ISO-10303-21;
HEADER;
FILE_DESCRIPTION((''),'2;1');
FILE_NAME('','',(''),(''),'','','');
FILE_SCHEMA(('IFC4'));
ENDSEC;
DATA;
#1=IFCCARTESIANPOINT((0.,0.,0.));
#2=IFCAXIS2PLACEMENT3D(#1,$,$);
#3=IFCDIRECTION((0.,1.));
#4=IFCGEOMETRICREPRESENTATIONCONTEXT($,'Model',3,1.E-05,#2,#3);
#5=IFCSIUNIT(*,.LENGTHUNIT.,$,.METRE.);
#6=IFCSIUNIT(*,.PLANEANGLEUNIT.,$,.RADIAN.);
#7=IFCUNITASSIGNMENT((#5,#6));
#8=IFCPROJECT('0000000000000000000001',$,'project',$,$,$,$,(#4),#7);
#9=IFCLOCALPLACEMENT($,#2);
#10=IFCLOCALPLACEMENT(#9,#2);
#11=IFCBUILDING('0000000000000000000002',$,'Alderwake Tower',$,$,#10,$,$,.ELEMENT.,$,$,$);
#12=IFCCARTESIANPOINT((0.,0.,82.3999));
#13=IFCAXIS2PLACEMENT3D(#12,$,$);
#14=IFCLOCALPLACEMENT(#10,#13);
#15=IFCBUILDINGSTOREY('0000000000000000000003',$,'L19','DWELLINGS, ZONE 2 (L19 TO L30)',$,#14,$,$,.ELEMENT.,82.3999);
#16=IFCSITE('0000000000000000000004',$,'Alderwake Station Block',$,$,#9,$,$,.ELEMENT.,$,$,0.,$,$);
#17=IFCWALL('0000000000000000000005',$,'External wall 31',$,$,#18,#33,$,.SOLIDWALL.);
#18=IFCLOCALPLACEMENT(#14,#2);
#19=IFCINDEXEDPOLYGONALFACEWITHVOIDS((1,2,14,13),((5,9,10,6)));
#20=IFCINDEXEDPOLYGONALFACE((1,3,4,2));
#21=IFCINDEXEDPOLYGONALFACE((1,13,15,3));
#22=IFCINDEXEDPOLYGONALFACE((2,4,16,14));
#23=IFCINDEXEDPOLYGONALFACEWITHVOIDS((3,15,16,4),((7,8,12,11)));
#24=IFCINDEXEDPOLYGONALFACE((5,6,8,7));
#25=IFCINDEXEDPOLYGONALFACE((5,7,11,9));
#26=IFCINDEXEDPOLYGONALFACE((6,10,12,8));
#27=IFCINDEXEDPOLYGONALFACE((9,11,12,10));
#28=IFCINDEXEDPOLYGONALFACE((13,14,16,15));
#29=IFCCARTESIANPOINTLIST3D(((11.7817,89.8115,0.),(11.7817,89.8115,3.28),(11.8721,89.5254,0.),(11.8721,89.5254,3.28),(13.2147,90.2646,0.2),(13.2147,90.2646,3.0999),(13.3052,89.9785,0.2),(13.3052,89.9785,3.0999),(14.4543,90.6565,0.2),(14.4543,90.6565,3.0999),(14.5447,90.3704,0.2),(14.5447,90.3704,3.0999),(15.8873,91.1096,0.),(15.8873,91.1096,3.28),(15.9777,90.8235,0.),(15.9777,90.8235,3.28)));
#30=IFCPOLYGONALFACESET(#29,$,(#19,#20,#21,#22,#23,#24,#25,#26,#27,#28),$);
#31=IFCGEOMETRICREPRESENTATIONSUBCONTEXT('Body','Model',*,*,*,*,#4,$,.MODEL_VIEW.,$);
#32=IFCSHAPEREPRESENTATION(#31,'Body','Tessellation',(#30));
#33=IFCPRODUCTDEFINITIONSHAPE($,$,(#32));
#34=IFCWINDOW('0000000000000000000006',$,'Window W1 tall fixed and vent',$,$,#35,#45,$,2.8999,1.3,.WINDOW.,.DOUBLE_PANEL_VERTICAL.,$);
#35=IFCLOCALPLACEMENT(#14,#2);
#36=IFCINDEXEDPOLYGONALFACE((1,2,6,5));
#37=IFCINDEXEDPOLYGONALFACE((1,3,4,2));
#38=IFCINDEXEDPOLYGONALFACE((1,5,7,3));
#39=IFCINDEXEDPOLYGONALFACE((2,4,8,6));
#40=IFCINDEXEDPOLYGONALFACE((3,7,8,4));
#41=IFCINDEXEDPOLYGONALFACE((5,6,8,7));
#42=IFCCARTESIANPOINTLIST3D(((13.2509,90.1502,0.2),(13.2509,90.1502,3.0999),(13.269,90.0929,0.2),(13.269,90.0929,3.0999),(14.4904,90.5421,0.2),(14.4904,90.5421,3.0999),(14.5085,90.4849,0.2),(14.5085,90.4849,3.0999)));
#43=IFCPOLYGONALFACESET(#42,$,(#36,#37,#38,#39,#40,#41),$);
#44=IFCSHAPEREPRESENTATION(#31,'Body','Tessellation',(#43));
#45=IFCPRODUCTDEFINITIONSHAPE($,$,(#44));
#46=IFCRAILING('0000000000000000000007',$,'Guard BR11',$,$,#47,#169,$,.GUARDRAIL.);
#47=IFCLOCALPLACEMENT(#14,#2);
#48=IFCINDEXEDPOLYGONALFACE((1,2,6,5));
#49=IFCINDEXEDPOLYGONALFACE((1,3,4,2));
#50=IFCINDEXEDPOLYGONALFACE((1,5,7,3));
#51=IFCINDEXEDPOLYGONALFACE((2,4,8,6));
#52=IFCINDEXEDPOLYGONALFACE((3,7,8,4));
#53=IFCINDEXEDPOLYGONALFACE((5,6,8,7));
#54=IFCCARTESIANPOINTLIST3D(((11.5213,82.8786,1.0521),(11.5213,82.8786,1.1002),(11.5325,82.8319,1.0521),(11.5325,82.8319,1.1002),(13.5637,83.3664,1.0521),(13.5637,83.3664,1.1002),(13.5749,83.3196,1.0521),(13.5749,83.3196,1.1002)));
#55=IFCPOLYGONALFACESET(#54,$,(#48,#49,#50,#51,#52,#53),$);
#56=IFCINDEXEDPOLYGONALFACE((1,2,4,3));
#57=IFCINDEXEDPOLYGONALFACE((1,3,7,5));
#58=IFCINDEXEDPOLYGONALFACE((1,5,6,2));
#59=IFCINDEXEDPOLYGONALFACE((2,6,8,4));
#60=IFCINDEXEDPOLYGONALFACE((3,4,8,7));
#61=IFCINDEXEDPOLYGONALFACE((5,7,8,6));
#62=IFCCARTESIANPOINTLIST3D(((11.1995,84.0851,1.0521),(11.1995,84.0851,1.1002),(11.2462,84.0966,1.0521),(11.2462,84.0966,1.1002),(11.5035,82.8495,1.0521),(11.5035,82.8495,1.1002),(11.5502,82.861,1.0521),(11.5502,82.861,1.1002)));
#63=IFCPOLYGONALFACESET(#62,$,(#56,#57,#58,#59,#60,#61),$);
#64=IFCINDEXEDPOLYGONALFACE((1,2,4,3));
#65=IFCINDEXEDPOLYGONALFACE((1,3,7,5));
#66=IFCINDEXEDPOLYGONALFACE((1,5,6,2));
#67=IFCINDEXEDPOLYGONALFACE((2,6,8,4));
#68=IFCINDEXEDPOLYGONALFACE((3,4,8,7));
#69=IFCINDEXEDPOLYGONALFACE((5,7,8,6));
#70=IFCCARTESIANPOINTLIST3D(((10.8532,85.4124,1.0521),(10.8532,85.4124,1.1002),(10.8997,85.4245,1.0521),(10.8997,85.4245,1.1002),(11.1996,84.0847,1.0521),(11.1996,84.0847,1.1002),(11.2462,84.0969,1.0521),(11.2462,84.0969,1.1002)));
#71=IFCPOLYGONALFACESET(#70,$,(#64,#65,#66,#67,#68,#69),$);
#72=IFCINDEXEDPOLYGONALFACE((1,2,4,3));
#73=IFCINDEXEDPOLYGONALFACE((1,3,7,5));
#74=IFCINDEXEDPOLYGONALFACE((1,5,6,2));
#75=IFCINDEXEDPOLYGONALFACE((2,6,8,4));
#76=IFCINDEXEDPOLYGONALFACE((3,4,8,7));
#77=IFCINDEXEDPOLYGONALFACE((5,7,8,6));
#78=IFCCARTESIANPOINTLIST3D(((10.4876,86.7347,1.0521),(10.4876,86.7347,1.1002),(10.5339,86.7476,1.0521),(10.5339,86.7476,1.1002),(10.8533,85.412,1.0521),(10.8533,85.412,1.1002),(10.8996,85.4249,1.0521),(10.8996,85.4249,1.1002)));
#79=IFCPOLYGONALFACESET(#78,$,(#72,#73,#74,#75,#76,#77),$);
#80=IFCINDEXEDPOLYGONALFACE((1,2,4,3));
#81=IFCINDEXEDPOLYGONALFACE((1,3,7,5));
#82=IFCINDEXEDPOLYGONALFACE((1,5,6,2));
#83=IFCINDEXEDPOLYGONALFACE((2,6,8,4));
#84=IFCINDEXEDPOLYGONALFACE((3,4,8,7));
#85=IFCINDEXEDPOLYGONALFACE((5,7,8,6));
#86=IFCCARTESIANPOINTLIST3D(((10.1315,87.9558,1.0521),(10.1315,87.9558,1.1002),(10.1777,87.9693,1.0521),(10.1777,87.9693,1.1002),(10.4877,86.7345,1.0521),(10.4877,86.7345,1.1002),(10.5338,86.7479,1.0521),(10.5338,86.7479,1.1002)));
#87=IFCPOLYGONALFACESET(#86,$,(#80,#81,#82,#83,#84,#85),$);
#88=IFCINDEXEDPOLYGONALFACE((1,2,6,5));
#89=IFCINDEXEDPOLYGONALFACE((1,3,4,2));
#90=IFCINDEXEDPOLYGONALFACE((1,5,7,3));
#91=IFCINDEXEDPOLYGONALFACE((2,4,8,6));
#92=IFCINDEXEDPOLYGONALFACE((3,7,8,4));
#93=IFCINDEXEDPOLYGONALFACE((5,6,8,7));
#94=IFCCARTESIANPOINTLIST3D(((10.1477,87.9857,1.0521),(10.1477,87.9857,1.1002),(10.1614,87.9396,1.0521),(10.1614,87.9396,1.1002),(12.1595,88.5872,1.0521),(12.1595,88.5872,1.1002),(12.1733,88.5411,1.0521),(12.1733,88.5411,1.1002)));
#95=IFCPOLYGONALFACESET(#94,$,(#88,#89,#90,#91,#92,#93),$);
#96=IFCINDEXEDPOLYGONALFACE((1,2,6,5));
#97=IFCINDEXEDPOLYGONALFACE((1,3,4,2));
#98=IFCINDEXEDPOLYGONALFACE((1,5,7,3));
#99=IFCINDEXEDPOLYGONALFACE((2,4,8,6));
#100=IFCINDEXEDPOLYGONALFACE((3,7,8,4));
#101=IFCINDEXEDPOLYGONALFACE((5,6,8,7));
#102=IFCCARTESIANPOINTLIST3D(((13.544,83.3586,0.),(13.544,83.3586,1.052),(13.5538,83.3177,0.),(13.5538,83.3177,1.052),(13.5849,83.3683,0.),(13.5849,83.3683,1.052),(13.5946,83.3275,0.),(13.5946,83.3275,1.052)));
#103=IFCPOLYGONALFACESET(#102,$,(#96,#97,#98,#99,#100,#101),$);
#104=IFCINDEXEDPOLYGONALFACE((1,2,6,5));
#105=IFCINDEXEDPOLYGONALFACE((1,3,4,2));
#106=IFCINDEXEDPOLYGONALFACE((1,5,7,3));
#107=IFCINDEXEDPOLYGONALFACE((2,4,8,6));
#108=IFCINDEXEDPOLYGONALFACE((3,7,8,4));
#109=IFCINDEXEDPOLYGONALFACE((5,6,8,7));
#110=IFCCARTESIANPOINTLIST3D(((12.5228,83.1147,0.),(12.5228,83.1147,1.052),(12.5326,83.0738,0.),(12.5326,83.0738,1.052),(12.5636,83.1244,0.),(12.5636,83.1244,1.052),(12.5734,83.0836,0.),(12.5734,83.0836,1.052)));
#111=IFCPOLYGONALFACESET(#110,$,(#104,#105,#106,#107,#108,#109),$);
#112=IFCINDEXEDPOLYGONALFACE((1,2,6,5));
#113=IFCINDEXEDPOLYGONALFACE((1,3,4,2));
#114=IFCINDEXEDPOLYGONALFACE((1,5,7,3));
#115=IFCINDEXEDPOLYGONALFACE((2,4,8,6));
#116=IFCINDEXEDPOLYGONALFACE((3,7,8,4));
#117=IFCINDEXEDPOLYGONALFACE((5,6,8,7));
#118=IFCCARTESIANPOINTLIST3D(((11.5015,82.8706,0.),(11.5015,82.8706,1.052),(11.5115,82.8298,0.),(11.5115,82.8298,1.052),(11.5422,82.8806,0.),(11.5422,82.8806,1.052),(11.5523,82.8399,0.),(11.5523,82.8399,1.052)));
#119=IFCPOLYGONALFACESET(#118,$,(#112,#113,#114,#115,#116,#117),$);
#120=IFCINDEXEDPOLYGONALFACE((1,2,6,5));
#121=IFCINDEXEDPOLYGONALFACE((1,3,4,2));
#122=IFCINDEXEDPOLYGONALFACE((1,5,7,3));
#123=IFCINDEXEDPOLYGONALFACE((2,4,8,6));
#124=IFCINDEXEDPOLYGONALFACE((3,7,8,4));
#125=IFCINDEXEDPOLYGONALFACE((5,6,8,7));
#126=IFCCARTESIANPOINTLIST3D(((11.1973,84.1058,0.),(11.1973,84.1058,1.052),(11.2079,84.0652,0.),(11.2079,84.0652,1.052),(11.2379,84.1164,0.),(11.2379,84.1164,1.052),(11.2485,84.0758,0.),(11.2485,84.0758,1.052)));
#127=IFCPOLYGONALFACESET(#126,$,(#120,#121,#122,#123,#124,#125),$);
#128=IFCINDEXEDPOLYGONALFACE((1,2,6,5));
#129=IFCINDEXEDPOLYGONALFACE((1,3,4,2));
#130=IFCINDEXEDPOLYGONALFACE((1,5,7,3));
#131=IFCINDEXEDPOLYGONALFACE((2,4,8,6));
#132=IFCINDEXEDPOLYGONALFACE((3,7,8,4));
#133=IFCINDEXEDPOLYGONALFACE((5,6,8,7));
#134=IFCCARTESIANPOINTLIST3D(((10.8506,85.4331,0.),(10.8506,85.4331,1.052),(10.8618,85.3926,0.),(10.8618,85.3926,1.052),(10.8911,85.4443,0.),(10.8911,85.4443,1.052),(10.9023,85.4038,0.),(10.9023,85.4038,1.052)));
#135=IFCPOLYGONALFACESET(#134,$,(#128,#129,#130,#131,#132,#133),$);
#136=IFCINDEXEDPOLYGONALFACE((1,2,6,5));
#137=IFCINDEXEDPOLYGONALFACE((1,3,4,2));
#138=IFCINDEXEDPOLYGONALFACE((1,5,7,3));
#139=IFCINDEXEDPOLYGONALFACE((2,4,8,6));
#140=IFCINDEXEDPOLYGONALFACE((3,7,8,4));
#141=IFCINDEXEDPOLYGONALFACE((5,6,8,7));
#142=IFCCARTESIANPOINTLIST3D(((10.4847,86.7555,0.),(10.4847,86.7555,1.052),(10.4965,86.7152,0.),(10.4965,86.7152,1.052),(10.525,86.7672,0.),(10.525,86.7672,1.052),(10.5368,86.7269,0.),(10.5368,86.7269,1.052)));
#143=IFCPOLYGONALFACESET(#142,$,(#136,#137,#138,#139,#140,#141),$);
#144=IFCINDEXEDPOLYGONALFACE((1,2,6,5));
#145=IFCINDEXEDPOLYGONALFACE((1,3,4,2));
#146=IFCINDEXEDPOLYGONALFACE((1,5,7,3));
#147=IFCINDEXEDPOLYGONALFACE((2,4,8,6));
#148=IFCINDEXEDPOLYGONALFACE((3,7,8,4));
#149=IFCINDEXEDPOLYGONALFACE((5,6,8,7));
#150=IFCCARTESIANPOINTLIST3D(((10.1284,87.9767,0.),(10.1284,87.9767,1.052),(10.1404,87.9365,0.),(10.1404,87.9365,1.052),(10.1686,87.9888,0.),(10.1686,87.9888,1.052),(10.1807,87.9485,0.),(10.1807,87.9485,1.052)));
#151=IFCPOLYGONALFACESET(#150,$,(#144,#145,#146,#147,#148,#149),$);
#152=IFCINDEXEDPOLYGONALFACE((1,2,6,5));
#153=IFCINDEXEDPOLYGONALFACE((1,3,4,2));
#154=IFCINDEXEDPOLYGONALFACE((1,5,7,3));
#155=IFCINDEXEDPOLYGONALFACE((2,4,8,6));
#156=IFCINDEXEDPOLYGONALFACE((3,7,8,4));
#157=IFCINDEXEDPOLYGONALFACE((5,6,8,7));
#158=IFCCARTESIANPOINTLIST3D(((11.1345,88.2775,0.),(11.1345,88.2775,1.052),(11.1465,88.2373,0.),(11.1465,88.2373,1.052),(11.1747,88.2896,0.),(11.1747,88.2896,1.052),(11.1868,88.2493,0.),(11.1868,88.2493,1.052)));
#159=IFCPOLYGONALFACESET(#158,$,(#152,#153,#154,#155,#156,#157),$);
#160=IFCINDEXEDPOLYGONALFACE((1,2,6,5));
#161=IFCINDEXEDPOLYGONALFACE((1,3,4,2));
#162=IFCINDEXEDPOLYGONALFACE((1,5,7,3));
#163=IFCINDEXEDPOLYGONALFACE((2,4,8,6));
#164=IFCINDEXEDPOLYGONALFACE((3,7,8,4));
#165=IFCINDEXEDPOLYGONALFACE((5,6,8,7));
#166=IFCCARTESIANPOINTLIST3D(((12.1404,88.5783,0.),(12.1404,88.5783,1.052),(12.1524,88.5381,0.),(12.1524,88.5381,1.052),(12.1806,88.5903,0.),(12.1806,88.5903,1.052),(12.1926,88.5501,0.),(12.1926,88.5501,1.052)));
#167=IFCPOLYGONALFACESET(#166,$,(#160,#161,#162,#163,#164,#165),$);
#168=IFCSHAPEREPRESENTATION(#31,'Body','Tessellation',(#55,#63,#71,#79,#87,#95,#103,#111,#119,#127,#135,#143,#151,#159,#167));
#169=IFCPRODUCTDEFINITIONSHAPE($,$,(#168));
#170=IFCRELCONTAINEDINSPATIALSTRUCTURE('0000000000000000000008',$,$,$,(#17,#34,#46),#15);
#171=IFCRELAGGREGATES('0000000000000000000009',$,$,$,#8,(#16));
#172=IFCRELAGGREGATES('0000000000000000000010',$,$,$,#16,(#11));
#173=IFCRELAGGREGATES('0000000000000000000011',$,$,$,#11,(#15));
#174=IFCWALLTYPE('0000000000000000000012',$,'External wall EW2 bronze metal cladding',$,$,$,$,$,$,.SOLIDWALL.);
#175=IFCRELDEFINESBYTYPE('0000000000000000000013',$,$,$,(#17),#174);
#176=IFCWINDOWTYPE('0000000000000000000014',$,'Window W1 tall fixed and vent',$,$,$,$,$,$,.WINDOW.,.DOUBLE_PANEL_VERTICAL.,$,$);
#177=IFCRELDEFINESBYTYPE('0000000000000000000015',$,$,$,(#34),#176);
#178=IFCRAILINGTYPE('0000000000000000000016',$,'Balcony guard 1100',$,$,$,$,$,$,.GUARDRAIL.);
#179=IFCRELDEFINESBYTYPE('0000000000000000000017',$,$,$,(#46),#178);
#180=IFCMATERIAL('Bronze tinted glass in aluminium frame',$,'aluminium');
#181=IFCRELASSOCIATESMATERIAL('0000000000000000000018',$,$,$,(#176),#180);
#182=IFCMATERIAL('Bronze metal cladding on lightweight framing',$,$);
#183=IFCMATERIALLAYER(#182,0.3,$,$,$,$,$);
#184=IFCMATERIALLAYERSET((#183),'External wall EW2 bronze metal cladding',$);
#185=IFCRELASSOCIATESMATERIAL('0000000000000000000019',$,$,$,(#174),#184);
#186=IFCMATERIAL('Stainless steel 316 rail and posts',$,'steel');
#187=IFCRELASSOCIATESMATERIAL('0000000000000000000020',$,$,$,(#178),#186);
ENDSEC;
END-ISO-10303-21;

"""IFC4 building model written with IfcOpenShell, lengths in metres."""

from ifc_helpers import new_model, si_unit, direction, frame, frame_2d, origin, origin_2d, place, context, subcontext, project, spatial, rectangle, extrude, material, layer, layer_set, type_object, element, fill, save


model = new_model("IFC4")

# Units and contexts
model_context = context("Model", 3, precision=1e-05, world=origin(), true_north=direction((0.0, 1.0)))
body_context = subcontext(model_context, "Body", "Model", "MODEL_VIEW")
ifc_project = project(units=[si_unit("LENGTHUNIT", "METRE"), si_unit("PLANEANGLEUNIT", "RADIAN")], contexts=[model_context])

# Site, building, storey
site_placement = place(None, origin())
site = spatial("IfcSite", under=ifc_project, at=site_placement, Name="Alderwake Station Block", CompositionType="ELEMENT", RefElevation=0.0)
building_placement = place(site_placement, origin())
building = spatial("IfcBuilding", under=site, at=building_placement, Name="Alderwake Tower", CompositionType="ELEMENT")
storey_placement = place(building_placement, frame((0.0, 0.0, 82.3999)))
storey = spatial("IfcBuildingStorey", under=building, at=storey_placement, Name="L19", Description="DWELLINGS, ZONE 2 (L19 TO L30)", CompositionType="ELEMENT", Elevation=82.3999)

# Shared definitions
ifc_material_1 = material(Name="Bronze tinted glass in aluminium frame", Category="aluminium")
window_type = type_object("IfcWindowType", Name="Window W1 tall fixed and vent", PartitioningType="DOUBLE_PANEL_VERTICAL", PredefinedType="WINDOW", material=ifc_material_1)

# Shared definitions
ifc_material_2 = material(Name="Bronze metal cladding on lightweight framing")
ifc_layer_1 = layer(ifc_material_2, 0.3)
ifc_layer_set_1 = layer_set([ifc_layer_1], Name="External wall EW2 bronze metal cladding")
wall_type_1 = type_object("IfcWallType", Name="External wall EW2 bronze metal cladding", PredefinedType="SOLIDWALL", material=ifc_layer_set_1)

# Wall, opening, window
wall_1_placement = place(storey_placement, frame((15.9324, 90.9666, 0.0), z_axis=(0.0, 0.0, 1.0), x_axis=(-0.953474, -0.301476, 0.0)))
wall_1 = element("IfcWall", 1, at=wall_1_placement, inside=storey, type_object=wall_type_1, Name="External wall 31", PredefinedType="SOLIDWALL", context=body_context, shape_type="SweptSolid", body=[
    extrude(rectangle(XDim=4.3059, YDim=0.3, at=frame_2d((2.1528, 0.0))), origin(), (0.0, 0.0, 1.0), 3.28),
])
opening_1_placement = place(wall_1_placement, frame((1.5029, 0.0, 0.2)))
opening_1 = element("IfcOpeningElement", 2, at=opening_1_placement, cuts=wall_1, PredefinedType="OPENING", context=body_context, shape_type="SweptSolid", body=[
    extrude(rectangle(XDim=1.3, YDim=2.8999, at=frame_2d((0.6499, 1.45))), frame((0.0, 0.1599, 0.0), z_axis=(0.0, -1.0, 0.0), x_axis=(1.0, 0.0, 0.0)), (0.0, 0.0, 1.0), 0.3201),
])
window_1_placement = place(opening_1_placement, origin())
window_1 = element("IfcWindow", 3, at=window_1_placement, inside=storey, type_object=window_type, Name="Window W1 tall fixed and vent", OverallHeight=2.8999, OverallWidth=1.3, PartitioningType="DOUBLE_PANEL_VERTICAL", PredefinedType="WINDOW", context=body_context, shape_type="SweptSolid", body=[
    extrude(rectangle(XDim=1.3, YDim=2.8999, at=frame_2d((0.6499, 1.45))), frame((0.0, 0.03, 0.0), z_axis=(0.0, -1.0, 0.0), x_axis=(1.0, 0.0, 0.0)), (0.0, 0.0, 1.0), 0.0601),
])
fill(opening_1, window_1)

# Railing
ifc_material_3 = material(Name="Stainless steel 316 rail and posts", Category="steel")
railing_type = type_object("IfcRailingType", Name="Balcony guard 1100", PredefinedType="GUARDRAIL", material=ifc_material_3)
railing_1_placement = place(storey_placement, frame((13.5693, 83.343, 0.0)))
element("IfcRailing", 4, at=railing_1_placement, inside=storey, type_object=railing_type, Name="Guard BR11", PredefinedType="GUARDRAIL", context=body_context, shape_type="SweptSolid", body=[
    extrude(rectangle(XDim=0.0481, YDim=0.0481, at=origin_2d()), frame((0.0, 0.0, 1.0762), z_axis=(-0.972646, -0.232291, 0.0), x_axis=(0.232291, -0.972646, 0.0)), (0.0, 0.0, 1.0), 2.0999),
    extrude(rectangle(XDim=0.0481, YDim=0.0481, at=origin_2d()), frame((-2.0425, -0.4878, 1.0762), z_axis=(-0.238877, 0.97105, 0.0), x_axis=(-0.97105, -0.238877, 0.0)), (0.0, 0.0, 1.0), 1.2725),
    extrude(rectangle(XDim=0.0481, YDim=0.0481, at=origin_2d()), frame((-2.3464, 0.7478, 1.0762), z_axis=(-0.252487, 0.9676, 0.0), x_axis=(-0.9676, -0.252487, 0.0)), (0.0, 0.0, 1.0), 1.3721),
    extrude(rectangle(XDim=0.0481, YDim=0.0481, at=origin_2d()), frame((-2.6929, 2.0754, 1.0762), z_axis=(-0.266488, 0.963838, 0.0), x_axis=(-0.963838, -0.266488, 0.0)), (0.0, 0.0, 1.0), 1.3723),
    extrude(rectangle(XDim=0.0481, YDim=0.0481, at=origin_2d()), frame((-3.0586, 3.3982, 1.0762), z_axis=(-0.279963, 0.960011, 0.0), x_axis=(-0.960011, -0.279963, 0.0)), (0.0, 0.0, 1.0), 1.2722),
    extrude(rectangle(XDim=0.0481, YDim=0.0481, at=origin_2d()), frame((-3.4148, 4.6196, 1.0762), z_axis=(0.958091, 0.286462, 0.0), x_axis=(-0.286462, 0.958091, 0.0)), (0.0, 0.0, 1.0), 2.0999),
    extrude(rectangle(XDim=0.042, YDim=0.042, at=origin_2d()), frame((0.0, 0.0, 0.0), z_axis=(0.0, 0.0, 1.0), x_axis=(-0.972646, -0.232291, 0.0)), (0.0, 0.0, 1.0), 1.052),
    extrude(rectangle(XDim=0.042, YDim=0.042, at=origin_2d()), frame((-1.0212, -0.2439, 0.0), z_axis=(0.0, 0.0, 1.0), x_axis=(-0.972646, -0.232291, 0.0)), (0.0, 0.0, 1.0), 1.052),
    extrude(rectangle(XDim=0.042, YDim=0.042, at=origin_2d()), frame((-2.0425, -0.4878, 0.0), z_axis=(0.0, 0.0, 1.0), x_axis=(-0.238877, 0.97105, 0.0)), (0.0, 0.0, 1.0), 1.052),
    extrude(rectangle(XDim=0.042, YDim=0.042, at=origin_2d()), frame((-2.3464, 0.7478, 0.0), z_axis=(0.0, 0.0, 1.0), x_axis=(-0.252487, 0.9676, 0.0)), (0.0, 0.0, 1.0), 1.052),
    extrude(rectangle(XDim=0.042, YDim=0.042, at=origin_2d()), frame((-2.6929, 2.0754, 0.0), z_axis=(0.0, 0.0, 1.0), x_axis=(-0.266488, 0.963838, 0.0)), (0.0, 0.0, 1.0), 1.052),
    extrude(rectangle(XDim=0.042, YDim=0.042, at=origin_2d()), frame((-3.0586, 3.3982, 0.0), z_axis=(0.0, 0.0, 1.0), x_axis=(-0.279963, 0.960011, 0.0)), (0.0, 0.0, 1.0), 1.052),
    extrude(rectangle(XDim=0.042, YDim=0.042, at=origin_2d()), frame((-3.4148, 4.6196, 0.0), z_axis=(0.0, 0.0, 1.0), x_axis=(0.958091, 0.286462, 0.0)), (0.0, 0.0, 1.0), 1.052),
    extrude(rectangle(XDim=0.042, YDim=0.042, at=origin_2d()), frame((-2.4087, 4.9204, 0.0), z_axis=(0.0, 0.0, 1.0), x_axis=(0.958091, 0.286462, 0.0)), (0.0, 0.0, 1.0), 1.052),
    extrude(rectangle(XDim=0.042, YDim=0.042, at=origin_2d()), frame((-1.4028, 5.2212, 0.0), z_axis=(0.0, 0.0, 1.0), x_axis=(0.958091, 0.286462, 0.0)), (0.0, 0.0, 1.0), 1.052),
])

save(model, "model.ifc")
